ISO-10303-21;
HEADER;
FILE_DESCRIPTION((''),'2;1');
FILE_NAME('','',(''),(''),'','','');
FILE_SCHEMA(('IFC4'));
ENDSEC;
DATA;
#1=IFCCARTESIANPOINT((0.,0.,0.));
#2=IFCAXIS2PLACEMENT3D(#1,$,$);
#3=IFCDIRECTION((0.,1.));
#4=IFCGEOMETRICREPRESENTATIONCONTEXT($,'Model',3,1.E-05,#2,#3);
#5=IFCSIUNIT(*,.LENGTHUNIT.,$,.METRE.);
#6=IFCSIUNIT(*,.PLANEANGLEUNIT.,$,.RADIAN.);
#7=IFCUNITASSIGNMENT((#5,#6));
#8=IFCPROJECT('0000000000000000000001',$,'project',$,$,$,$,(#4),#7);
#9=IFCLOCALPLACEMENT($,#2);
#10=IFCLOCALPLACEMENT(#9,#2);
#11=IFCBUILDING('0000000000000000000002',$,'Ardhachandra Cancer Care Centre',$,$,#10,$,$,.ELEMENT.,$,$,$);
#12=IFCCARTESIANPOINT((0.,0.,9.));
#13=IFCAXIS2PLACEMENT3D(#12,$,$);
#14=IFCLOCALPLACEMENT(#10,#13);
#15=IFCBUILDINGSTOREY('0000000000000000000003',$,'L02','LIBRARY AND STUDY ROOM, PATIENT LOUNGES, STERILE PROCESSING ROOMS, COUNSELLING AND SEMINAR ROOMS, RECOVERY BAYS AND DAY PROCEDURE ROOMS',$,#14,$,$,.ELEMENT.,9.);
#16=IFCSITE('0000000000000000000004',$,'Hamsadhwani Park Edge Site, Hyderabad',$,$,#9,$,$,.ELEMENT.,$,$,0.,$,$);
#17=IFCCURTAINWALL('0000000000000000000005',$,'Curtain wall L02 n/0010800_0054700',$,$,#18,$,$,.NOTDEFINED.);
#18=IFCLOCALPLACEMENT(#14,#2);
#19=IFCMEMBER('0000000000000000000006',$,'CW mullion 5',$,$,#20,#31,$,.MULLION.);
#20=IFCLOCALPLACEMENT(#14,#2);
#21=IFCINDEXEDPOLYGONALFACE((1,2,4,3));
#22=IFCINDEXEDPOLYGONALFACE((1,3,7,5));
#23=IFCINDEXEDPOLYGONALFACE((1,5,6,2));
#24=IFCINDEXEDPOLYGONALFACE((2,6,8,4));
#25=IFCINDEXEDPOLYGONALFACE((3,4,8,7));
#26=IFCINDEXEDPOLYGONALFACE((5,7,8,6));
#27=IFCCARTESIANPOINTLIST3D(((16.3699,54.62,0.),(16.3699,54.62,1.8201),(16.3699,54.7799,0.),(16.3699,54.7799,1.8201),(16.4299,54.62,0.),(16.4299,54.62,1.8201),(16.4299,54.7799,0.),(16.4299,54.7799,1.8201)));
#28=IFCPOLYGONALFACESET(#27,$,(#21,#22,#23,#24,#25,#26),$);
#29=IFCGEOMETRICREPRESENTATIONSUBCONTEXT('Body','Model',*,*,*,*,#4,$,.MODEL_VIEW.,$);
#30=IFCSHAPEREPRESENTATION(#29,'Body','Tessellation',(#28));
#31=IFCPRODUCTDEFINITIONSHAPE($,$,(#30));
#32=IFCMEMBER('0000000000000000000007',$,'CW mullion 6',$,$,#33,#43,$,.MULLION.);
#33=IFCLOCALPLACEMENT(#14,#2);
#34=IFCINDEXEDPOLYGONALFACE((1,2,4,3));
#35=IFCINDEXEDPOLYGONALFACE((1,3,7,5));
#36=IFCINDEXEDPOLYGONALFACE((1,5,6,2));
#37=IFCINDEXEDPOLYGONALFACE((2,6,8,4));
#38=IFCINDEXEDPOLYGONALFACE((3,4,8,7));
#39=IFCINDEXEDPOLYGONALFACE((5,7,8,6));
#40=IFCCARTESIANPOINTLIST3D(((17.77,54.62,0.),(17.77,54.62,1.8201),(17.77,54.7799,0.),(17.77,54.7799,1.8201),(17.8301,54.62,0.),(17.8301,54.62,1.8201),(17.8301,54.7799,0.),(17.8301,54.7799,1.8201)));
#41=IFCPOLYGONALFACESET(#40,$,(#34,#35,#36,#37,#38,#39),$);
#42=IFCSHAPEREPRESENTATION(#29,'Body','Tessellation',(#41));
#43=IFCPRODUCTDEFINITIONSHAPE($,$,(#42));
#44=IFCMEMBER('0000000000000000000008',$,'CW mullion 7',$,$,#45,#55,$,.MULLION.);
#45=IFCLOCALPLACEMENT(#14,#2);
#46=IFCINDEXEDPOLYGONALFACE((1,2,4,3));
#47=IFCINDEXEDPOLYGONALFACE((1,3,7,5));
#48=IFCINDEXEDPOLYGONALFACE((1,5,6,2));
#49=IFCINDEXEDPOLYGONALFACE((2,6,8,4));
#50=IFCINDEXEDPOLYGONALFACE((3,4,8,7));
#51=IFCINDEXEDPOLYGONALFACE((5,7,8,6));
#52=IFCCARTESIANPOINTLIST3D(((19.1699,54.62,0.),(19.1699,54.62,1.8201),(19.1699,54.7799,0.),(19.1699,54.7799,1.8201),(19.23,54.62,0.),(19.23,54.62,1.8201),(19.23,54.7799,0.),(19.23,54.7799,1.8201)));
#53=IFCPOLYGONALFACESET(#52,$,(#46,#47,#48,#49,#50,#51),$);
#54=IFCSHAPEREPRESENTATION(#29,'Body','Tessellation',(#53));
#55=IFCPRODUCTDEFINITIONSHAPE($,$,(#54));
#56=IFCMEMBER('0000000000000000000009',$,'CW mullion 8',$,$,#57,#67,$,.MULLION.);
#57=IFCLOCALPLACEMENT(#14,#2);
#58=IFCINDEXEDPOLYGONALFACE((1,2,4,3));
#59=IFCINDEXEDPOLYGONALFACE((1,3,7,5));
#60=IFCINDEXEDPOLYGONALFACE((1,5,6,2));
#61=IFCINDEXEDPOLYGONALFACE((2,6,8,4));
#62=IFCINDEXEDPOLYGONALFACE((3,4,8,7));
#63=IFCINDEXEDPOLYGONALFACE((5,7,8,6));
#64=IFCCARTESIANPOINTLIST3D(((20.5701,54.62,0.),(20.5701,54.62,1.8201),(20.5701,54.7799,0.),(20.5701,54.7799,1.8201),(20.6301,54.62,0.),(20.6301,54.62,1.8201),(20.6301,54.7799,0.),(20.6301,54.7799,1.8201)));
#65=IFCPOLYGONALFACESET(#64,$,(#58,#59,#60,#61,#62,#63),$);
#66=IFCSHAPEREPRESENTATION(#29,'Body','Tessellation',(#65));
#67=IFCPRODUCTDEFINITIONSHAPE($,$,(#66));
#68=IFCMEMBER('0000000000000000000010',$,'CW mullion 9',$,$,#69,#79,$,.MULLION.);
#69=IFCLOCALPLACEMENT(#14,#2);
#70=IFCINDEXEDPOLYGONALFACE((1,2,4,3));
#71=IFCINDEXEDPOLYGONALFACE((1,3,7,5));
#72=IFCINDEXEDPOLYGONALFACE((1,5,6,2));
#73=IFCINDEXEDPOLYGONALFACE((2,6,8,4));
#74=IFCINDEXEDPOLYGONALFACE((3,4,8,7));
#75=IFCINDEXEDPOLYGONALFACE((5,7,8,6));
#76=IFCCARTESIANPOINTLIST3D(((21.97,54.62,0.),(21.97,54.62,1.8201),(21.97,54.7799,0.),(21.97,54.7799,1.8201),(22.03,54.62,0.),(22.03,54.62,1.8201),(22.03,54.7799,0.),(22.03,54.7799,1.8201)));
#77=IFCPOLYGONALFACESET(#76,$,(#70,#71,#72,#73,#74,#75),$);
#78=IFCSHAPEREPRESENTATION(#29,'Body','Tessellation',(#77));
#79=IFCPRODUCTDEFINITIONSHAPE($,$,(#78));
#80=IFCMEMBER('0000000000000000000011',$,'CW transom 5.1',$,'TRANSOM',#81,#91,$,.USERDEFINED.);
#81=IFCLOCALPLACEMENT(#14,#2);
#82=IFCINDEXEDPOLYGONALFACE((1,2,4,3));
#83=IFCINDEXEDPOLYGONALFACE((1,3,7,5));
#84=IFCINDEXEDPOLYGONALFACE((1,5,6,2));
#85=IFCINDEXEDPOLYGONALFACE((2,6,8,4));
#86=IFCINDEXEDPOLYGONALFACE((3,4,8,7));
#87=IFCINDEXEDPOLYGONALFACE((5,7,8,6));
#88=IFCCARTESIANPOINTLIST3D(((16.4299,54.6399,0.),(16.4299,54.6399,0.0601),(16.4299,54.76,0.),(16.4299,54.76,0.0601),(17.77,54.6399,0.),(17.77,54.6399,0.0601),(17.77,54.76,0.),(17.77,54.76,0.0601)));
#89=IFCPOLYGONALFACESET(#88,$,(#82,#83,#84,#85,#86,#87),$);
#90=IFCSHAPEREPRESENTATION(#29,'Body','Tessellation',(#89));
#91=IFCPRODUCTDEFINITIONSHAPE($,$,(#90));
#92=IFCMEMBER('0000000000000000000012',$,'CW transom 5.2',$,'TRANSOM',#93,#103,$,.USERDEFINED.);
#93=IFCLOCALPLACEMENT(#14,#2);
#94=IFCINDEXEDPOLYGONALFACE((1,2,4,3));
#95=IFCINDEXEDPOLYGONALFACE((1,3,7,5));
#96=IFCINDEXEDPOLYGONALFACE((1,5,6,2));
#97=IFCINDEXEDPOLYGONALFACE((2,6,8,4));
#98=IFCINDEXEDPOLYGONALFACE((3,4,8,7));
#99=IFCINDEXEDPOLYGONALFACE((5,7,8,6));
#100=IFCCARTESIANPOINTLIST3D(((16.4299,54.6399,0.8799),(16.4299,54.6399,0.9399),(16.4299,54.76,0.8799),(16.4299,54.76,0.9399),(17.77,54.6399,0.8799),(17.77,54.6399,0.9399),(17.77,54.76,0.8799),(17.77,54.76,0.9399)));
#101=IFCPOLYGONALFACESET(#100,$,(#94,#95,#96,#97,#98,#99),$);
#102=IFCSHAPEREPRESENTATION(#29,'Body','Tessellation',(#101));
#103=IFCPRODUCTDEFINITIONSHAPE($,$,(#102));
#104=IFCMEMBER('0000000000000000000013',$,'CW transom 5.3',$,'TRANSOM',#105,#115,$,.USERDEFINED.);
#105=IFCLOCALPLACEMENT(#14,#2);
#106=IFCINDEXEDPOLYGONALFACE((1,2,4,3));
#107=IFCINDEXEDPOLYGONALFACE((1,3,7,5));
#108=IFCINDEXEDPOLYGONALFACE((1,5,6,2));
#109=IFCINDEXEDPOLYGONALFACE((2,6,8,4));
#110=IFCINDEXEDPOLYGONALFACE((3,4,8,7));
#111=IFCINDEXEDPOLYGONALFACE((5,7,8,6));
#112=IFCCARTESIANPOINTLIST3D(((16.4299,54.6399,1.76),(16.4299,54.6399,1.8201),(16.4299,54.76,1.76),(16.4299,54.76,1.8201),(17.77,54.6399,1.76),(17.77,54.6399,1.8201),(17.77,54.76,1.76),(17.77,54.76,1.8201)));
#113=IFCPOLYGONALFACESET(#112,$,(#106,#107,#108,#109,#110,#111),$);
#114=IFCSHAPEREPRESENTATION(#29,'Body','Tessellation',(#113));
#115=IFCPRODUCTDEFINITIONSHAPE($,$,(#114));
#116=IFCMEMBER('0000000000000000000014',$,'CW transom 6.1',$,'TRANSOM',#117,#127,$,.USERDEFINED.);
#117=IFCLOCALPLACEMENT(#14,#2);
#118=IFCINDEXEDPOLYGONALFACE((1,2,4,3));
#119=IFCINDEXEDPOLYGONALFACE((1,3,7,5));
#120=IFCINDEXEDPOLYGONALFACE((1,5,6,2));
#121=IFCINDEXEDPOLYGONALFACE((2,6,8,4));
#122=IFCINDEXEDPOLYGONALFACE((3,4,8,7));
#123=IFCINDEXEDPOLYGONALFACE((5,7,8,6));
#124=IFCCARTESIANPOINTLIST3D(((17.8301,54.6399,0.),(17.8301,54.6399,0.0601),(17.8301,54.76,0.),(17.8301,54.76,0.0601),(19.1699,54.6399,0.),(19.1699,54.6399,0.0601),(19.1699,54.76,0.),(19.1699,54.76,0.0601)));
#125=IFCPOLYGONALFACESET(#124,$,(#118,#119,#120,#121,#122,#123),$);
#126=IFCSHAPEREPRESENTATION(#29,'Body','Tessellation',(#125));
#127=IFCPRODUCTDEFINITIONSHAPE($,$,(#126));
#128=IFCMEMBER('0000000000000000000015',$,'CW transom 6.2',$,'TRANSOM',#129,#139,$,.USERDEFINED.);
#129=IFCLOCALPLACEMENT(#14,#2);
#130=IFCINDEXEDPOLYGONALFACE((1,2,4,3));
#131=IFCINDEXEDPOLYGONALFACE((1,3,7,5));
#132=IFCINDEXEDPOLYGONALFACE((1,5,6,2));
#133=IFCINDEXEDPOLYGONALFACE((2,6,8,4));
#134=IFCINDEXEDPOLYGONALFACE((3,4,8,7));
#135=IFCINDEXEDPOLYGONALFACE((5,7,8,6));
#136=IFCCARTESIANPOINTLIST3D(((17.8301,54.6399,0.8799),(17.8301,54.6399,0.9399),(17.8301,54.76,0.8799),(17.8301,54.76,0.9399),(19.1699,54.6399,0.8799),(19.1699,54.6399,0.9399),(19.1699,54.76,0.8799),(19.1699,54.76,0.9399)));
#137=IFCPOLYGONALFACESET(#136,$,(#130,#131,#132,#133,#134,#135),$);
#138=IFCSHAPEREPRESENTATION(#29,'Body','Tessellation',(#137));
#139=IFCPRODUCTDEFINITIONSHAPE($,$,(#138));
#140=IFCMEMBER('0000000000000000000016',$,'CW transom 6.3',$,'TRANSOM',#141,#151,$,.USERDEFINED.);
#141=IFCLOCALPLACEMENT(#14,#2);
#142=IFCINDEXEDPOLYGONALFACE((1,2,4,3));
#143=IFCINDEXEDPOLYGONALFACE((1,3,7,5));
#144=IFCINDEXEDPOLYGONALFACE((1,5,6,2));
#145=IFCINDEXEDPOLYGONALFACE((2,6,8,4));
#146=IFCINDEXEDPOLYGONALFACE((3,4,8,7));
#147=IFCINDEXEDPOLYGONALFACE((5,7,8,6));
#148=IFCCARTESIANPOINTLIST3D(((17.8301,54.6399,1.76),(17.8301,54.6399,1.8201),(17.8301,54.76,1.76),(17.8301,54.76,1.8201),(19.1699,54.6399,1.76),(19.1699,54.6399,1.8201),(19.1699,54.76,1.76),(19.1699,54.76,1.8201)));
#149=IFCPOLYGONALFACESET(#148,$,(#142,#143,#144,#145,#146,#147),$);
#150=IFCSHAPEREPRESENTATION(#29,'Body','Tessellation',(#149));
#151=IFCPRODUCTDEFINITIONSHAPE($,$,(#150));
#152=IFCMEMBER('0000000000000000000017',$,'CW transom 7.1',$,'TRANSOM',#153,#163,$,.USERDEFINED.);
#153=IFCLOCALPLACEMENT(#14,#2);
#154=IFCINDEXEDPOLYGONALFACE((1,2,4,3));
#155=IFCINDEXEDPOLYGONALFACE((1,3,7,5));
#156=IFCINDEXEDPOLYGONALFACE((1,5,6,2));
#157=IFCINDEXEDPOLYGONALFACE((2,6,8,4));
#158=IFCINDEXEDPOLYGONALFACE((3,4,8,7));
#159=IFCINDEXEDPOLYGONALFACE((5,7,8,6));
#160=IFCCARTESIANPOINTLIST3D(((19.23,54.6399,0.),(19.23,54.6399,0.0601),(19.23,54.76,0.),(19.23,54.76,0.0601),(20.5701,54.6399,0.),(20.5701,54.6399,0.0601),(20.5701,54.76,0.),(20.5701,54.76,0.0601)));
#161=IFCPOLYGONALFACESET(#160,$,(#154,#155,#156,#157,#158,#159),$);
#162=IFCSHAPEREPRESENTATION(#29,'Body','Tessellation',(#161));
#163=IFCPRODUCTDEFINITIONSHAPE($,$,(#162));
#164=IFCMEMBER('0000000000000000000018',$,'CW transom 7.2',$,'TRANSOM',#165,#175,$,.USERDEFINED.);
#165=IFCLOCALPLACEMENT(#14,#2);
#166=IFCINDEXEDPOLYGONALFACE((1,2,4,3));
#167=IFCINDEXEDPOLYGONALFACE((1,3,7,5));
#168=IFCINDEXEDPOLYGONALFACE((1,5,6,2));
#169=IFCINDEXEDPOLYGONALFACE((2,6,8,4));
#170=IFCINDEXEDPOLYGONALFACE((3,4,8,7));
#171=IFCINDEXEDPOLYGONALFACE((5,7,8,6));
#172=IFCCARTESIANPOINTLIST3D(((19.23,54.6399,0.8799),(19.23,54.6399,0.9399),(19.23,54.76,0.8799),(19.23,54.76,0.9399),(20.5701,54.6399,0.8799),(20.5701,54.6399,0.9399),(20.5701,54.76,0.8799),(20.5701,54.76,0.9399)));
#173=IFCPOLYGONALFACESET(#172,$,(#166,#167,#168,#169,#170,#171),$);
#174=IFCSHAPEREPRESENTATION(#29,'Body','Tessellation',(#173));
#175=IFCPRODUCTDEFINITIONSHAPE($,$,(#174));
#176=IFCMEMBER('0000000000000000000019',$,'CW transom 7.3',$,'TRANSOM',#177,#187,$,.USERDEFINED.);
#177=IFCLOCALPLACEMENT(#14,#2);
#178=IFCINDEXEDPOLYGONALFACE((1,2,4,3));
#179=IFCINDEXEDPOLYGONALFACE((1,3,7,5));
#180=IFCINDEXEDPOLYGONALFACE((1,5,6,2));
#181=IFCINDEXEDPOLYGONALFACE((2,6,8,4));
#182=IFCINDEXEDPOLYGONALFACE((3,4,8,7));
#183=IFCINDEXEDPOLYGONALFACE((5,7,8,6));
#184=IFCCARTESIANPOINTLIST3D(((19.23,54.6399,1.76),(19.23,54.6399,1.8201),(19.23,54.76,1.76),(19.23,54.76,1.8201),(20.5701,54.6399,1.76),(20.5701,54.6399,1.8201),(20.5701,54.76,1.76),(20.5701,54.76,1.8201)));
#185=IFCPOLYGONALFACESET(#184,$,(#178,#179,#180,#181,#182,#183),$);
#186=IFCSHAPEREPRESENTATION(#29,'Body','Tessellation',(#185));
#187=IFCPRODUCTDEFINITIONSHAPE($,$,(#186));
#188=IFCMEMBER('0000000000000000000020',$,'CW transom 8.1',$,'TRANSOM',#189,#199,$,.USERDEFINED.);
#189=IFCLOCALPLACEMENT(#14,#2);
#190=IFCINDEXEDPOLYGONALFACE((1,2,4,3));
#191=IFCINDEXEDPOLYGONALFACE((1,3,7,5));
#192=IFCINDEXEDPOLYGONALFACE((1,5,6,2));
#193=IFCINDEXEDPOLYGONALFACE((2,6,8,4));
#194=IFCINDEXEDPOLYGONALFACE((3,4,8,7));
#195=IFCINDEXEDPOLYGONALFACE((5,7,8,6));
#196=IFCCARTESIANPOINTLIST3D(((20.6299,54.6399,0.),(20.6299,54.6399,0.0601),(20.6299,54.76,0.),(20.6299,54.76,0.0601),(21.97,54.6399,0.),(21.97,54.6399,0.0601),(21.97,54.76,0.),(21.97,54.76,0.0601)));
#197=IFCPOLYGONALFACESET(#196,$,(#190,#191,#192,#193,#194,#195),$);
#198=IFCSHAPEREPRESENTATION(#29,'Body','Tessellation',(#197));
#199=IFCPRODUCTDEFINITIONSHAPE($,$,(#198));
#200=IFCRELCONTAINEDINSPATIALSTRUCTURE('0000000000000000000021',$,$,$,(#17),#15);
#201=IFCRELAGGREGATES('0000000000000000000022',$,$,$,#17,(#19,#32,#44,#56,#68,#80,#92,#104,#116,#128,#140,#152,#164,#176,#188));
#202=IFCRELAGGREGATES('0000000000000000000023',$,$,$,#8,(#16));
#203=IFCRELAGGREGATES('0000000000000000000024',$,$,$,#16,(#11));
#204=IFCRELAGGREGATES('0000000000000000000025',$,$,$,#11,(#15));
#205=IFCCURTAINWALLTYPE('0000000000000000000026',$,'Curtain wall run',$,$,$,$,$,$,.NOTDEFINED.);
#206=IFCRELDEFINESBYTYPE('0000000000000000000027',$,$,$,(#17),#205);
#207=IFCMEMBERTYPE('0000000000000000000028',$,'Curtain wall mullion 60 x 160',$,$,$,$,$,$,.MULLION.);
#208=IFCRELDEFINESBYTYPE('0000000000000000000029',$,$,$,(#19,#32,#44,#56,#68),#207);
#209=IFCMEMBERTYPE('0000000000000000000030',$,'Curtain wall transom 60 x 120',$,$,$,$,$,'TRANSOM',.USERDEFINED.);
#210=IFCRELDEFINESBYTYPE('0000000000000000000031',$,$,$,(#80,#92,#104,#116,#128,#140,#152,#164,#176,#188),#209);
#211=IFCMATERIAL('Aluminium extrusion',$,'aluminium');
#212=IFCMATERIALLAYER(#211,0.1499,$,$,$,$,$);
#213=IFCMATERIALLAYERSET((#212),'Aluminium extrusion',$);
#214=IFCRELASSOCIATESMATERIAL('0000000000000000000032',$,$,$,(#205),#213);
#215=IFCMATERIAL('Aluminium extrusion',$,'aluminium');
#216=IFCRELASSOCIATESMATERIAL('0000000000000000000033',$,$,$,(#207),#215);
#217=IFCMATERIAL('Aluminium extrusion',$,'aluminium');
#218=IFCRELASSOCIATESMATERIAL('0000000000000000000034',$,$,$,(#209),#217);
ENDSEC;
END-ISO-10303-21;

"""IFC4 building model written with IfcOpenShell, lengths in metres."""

from ifc_helpers import new_model, si_unit, direction, frame, origin, origin_2d, place, context, subcontext, project, spatial, rectangle, extrude, material, layer, layer_set, material_profile, profile_set, type_object, element, aggregate, save


model = new_model("IFC4")

# Units and contexts
model_context = context("Model", 3, precision=1e-05, world=origin(), true_north=direction((0.0, 1.0)))
body_context = subcontext(model_context, "Body", "Model", "MODEL_VIEW")
ifc_project = project(units=[si_unit("LENGTHUNIT", "METRE"), si_unit("PLANEANGLEUNIT", "RADIAN")], contexts=[model_context])

# Site, building, storey
site_placement = place(None, origin())
site = spatial("IfcSite", under=ifc_project, at=site_placement, Name="Hamsadhwani Park Edge Site, Hyderabad", CompositionType="ELEMENT", RefElevation=0.0)
building_placement = place(site_placement, origin())
building = spatial("IfcBuilding", under=site, at=building_placement, Name="Ardhachandra Cancer Care Centre", CompositionType="ELEMENT")
storey_placement = place(building_placement, frame((0.0, 0.0, 9.0)))
storey = spatial("IfcBuildingStorey", under=building, at=storey_placement, Name="L02", Description="LIBRARY AND STUDY ROOM, PATIENT LOUNGES, STERILE PROCESSING ROOMS, COUNSELLING AND SEMINAR ROOMS, RECOVERY BAYS AND DAY PROCEDURE ROOMS", CompositionType="ELEMENT", Elevation=9.0)

# Curtain wall, members
ifc_material_1 = material(Name="Aluminium extrusion", Category="aluminium")
ifc_layer_1 = layer(ifc_material_1, 0.1499)
ifc_layer_set_1 = layer_set([ifc_layer_1], Name="Aluminium extrusion")
curtain_wall_type = type_object("IfcCurtainWallType", Name="Curtain wall run", PredefinedType="NOTDEFINED", material=ifc_layer_set_1)
curtain_wall_placement = place(storey_placement, origin())
curtain_wall = element("IfcCurtainWall", 1, at=curtain_wall_placement, inside=storey, type_object=curtain_wall_type, Name="Curtain wall L02 n/0010800_0054700", PredefinedType="NOTDEFINED")
ifc_material_2 = material(Name="Aluminium extrusion", Category="aluminium")
ifc_material_profile_1 = material_profile(ifc_material_2, rectangle(XDim=0.1599, YDim=0.0601, at=origin_2d()), Name="Curtain wall mullion 60 x 160")
ifc_profile_set_1 = profile_set([ifc_material_profile_1], Name="Aluminium extrusion")
member_type_1 = type_object("IfcMemberType", Name="Curtain wall mullion 60 x 160", PredefinedType="MULLION", material=ifc_profile_set_1)
member_1_placement = place(storey_placement, frame((16.3999, 54.7, 0.0), z_axis=(0.0, 0.0, 1.0), x_axis=(0.0, 1.0, 0.0)))
member_1 = element("IfcMember", 2, at=member_1_placement, type_object=member_type_1, Name="CW mullion 5", PredefinedType="MULLION", context=body_context, shape_type="SweptSolid", body=[
    extrude(rectangle(XDim=0.1599, YDim=0.0601, at=origin_2d()), origin(), (0.0, 0.0, 1.0), 1.8201),
])
member_2_placement = place(storey_placement, frame((17.8, 54.7, 0.0), z_axis=(0.0, 0.0, 1.0), x_axis=(0.0, 1.0, 0.0)))
member_2 = element("IfcMember", 3, at=member_2_placement, type_object=member_type_1, Name="CW mullion 6", PredefinedType="MULLION", context=body_context, shape_type="SweptSolid", body=[
    extrude(rectangle(XDim=0.1599, YDim=0.0601, at=origin_2d()), origin(), (0.0, 0.0, 1.0), 1.8201),
])
member_3_placement = place(storey_placement, frame((19.2, 54.7, 0.0), z_axis=(0.0, 0.0, 1.0), x_axis=(0.0, 1.0, 0.0)))
member_3 = element("IfcMember", 4, at=member_3_placement, type_object=member_type_1, Name="CW mullion 7", PredefinedType="MULLION", context=body_context, shape_type="SweptSolid", body=[
    extrude(rectangle(XDim=0.1599, YDim=0.0601, at=origin_2d()), origin(), (0.0, 0.0, 1.0), 1.8201),
])
member_4_placement = place(storey_placement, frame((20.6001, 54.7, 0.0), z_axis=(0.0, 0.0, 1.0), x_axis=(0.0, 1.0, 0.0)))
member_4 = element("IfcMember", 5, at=member_4_placement, type_object=member_type_1, Name="CW mullion 8", PredefinedType="MULLION", context=body_context, shape_type="SweptSolid", body=[
    extrude(rectangle(XDim=0.1599, YDim=0.0601, at=origin_2d()), origin(), (0.0, 0.0, 1.0), 1.8201),
])
member_5_placement = place(storey_placement, frame((22.0, 54.7, 0.0), z_axis=(0.0, 0.0, 1.0), x_axis=(0.0, 1.0, 0.0)))
member_5 = element("IfcMember", 6, at=member_5_placement, type_object=member_type_1, Name="CW mullion 9", PredefinedType="MULLION", context=body_context, shape_type="SweptSolid", body=[
    extrude(rectangle(XDim=0.1599, YDim=0.0601, at=origin_2d()), origin(), (0.0, 0.0, 1.0), 1.8201),
])
ifc_material_3 = material(Name="Aluminium extrusion", Category="aluminium")
ifc_material_profile_2 = material_profile(ifc_material_3, rectangle(XDim=0.1201, YDim=0.0601, at=origin_2d()), Name="Curtain wall transom 60 x 120")
ifc_profile_set_2 = profile_set([ifc_material_profile_2], Name="Aluminium extrusion")
member_type_2 = type_object("IfcMemberType", Name="Curtain wall transom 60 x 120", ElementType="TRANSOM", PredefinedType="USERDEFINED", material=ifc_profile_set_2)
member_6_placement = place(storey_placement, frame((16.4299, 54.7, 0.03), z_axis=(1.0, 0.0, 0.0), x_axis=(0.0, 1.0, 0.0)))
member_6 = element("IfcMember", 7, at=member_6_placement, type_object=member_type_2, Name="CW transom 5.1", ObjectType="TRANSOM", PredefinedType="USERDEFINED", context=body_context, shape_type="SweptSolid", body=[
    extrude(rectangle(XDim=0.1201, YDim=0.0601, at=origin_2d()), origin(), (0.0, 0.0, 1.0), 1.3401),
])
member_7_placement = place(storey_placement, frame((16.4299, 54.7, 0.9099), z_axis=(1.0, 0.0, 0.0), x_axis=(0.0, 1.0, 0.0)))
member_7 = element("IfcMember", 8, at=member_7_placement, type_object=member_type_2, Name="CW transom 5.2", ObjectType="TRANSOM", PredefinedType="USERDEFINED", context=body_context, shape_type="SweptSolid", body=[
    extrude(rectangle(XDim=0.1201, YDim=0.0601, at=origin_2d()), origin(), (0.0, 0.0, 1.0), 1.3401),
])
member_8_placement = place(storey_placement, frame((16.4299, 54.7, 1.79), z_axis=(1.0, 0.0, 0.0), x_axis=(0.0, 1.0, 0.0)))
member_8 = element("IfcMember", 9, at=member_8_placement, type_object=member_type_2, Name="CW transom 5.3", ObjectType="TRANSOM", PredefinedType="USERDEFINED", context=body_context, shape_type="SweptSolid", body=[
    extrude(rectangle(XDim=0.1201, YDim=0.0601, at=origin_2d()), origin(), (0.0, 0.0, 1.0), 1.3401),
])
member_9_placement = place(storey_placement, frame((17.8301, 54.7, 0.03), z_axis=(1.0, 0.0, 0.0), x_axis=(0.0, 1.0, 0.0)))
member_9 = element("IfcMember", 10, at=member_9_placement, type_object=member_type_2, Name="CW transom 6.1", ObjectType="TRANSOM", PredefinedType="USERDEFINED", context=body_context, shape_type="SweptSolid", body=[
    extrude(rectangle(XDim=0.1201, YDim=0.0601, at=origin_2d()), origin(), (0.0, 0.0, 1.0), 1.3398),
])
member_10_placement = place(storey_placement, frame((17.8301, 54.7, 0.9099), z_axis=(1.0, 0.0, 0.0), x_axis=(0.0, 1.0, 0.0)))
member_10 = element("IfcMember", 11, at=member_10_placement, type_object=member_type_2, Name="CW transom 6.2", ObjectType="TRANSOM", PredefinedType="USERDEFINED", context=body_context, shape_type="SweptSolid", body=[
    extrude(rectangle(XDim=0.1201, YDim=0.0601, at=origin_2d()), origin(), (0.0, 0.0, 1.0), 1.3398),
])
member_11_placement = place(storey_placement, frame((17.8301, 54.7, 1.79), z_axis=(1.0, 0.0, 0.0), x_axis=(0.0, 1.0, 0.0)))
member_11 = element("IfcMember", 12, at=member_11_placement, type_object=member_type_2, Name="CW transom 6.3", ObjectType="TRANSOM", PredefinedType="USERDEFINED", context=body_context, shape_type="SweptSolid", body=[
    extrude(rectangle(XDim=0.1201, YDim=0.0601, at=origin_2d()), origin(), (0.0, 0.0, 1.0), 1.3398),
])
member_12_placement = place(storey_placement, frame((19.23, 54.7, 0.03), z_axis=(1.0, 0.0, 0.0), x_axis=(0.0, 1.0, 0.0)))
member_12 = element("IfcMember", 13, at=member_12_placement, type_object=member_type_2, Name="CW transom 7.1", ObjectType="TRANSOM", PredefinedType="USERDEFINED", context=body_context, shape_type="SweptSolid", body=[
    extrude(rectangle(XDim=0.1201, YDim=0.0601, at=origin_2d()), origin(), (0.0, 0.0, 1.0), 1.3401),
])
member_13_placement = place(storey_placement, frame((19.23, 54.7, 0.9099), z_axis=(1.0, 0.0, 0.0), x_axis=(0.0, 1.0, 0.0)))
member_13 = element("IfcMember", 14, at=member_13_placement, type_object=member_type_2, Name="CW transom 7.2", ObjectType="TRANSOM", PredefinedType="USERDEFINED", context=body_context, shape_type="SweptSolid", body=[
    extrude(rectangle(XDim=0.1201, YDim=0.0601, at=origin_2d()), origin(), (0.0, 0.0, 1.0), 1.3401),
])
member_14_placement = place(storey_placement, frame((19.23, 54.7, 1.79), z_axis=(1.0, 0.0, 0.0), x_axis=(0.0, 1.0, 0.0)))
member_14 = element("IfcMember", 15, at=member_14_placement, type_object=member_type_2, Name="CW transom 7.3", ObjectType="TRANSOM", PredefinedType="USERDEFINED", context=body_context, shape_type="SweptSolid", body=[
    extrude(rectangle(XDim=0.1201, YDim=0.0601, at=origin_2d()), origin(), (0.0, 0.0, 1.0), 1.3401),
])
member_15_placement = place(storey_placement, frame((20.6299, 54.7, 0.03), z_axis=(1.0, 0.0, 0.0), x_axis=(0.0, 1.0, 0.0)))
member_15 = element("IfcMember", 16, at=member_15_placement, type_object=member_type_2, Name="CW transom 8.1", ObjectType="TRANSOM", PredefinedType="USERDEFINED", context=body_context, shape_type="SweptSolid", body=[
    extrude(rectangle(XDim=0.1201, YDim=0.0601, at=origin_2d()), origin(), (0.0, 0.0, 1.0), 1.3401),
])

aggregate(curtain_wall, [member_1, member_2, member_3, member_4, member_5, member_6, member_7, member_8, member_9, member_10, member_11, member_12, member_13, member_14, member_15])

save(model, "model.ifc")
